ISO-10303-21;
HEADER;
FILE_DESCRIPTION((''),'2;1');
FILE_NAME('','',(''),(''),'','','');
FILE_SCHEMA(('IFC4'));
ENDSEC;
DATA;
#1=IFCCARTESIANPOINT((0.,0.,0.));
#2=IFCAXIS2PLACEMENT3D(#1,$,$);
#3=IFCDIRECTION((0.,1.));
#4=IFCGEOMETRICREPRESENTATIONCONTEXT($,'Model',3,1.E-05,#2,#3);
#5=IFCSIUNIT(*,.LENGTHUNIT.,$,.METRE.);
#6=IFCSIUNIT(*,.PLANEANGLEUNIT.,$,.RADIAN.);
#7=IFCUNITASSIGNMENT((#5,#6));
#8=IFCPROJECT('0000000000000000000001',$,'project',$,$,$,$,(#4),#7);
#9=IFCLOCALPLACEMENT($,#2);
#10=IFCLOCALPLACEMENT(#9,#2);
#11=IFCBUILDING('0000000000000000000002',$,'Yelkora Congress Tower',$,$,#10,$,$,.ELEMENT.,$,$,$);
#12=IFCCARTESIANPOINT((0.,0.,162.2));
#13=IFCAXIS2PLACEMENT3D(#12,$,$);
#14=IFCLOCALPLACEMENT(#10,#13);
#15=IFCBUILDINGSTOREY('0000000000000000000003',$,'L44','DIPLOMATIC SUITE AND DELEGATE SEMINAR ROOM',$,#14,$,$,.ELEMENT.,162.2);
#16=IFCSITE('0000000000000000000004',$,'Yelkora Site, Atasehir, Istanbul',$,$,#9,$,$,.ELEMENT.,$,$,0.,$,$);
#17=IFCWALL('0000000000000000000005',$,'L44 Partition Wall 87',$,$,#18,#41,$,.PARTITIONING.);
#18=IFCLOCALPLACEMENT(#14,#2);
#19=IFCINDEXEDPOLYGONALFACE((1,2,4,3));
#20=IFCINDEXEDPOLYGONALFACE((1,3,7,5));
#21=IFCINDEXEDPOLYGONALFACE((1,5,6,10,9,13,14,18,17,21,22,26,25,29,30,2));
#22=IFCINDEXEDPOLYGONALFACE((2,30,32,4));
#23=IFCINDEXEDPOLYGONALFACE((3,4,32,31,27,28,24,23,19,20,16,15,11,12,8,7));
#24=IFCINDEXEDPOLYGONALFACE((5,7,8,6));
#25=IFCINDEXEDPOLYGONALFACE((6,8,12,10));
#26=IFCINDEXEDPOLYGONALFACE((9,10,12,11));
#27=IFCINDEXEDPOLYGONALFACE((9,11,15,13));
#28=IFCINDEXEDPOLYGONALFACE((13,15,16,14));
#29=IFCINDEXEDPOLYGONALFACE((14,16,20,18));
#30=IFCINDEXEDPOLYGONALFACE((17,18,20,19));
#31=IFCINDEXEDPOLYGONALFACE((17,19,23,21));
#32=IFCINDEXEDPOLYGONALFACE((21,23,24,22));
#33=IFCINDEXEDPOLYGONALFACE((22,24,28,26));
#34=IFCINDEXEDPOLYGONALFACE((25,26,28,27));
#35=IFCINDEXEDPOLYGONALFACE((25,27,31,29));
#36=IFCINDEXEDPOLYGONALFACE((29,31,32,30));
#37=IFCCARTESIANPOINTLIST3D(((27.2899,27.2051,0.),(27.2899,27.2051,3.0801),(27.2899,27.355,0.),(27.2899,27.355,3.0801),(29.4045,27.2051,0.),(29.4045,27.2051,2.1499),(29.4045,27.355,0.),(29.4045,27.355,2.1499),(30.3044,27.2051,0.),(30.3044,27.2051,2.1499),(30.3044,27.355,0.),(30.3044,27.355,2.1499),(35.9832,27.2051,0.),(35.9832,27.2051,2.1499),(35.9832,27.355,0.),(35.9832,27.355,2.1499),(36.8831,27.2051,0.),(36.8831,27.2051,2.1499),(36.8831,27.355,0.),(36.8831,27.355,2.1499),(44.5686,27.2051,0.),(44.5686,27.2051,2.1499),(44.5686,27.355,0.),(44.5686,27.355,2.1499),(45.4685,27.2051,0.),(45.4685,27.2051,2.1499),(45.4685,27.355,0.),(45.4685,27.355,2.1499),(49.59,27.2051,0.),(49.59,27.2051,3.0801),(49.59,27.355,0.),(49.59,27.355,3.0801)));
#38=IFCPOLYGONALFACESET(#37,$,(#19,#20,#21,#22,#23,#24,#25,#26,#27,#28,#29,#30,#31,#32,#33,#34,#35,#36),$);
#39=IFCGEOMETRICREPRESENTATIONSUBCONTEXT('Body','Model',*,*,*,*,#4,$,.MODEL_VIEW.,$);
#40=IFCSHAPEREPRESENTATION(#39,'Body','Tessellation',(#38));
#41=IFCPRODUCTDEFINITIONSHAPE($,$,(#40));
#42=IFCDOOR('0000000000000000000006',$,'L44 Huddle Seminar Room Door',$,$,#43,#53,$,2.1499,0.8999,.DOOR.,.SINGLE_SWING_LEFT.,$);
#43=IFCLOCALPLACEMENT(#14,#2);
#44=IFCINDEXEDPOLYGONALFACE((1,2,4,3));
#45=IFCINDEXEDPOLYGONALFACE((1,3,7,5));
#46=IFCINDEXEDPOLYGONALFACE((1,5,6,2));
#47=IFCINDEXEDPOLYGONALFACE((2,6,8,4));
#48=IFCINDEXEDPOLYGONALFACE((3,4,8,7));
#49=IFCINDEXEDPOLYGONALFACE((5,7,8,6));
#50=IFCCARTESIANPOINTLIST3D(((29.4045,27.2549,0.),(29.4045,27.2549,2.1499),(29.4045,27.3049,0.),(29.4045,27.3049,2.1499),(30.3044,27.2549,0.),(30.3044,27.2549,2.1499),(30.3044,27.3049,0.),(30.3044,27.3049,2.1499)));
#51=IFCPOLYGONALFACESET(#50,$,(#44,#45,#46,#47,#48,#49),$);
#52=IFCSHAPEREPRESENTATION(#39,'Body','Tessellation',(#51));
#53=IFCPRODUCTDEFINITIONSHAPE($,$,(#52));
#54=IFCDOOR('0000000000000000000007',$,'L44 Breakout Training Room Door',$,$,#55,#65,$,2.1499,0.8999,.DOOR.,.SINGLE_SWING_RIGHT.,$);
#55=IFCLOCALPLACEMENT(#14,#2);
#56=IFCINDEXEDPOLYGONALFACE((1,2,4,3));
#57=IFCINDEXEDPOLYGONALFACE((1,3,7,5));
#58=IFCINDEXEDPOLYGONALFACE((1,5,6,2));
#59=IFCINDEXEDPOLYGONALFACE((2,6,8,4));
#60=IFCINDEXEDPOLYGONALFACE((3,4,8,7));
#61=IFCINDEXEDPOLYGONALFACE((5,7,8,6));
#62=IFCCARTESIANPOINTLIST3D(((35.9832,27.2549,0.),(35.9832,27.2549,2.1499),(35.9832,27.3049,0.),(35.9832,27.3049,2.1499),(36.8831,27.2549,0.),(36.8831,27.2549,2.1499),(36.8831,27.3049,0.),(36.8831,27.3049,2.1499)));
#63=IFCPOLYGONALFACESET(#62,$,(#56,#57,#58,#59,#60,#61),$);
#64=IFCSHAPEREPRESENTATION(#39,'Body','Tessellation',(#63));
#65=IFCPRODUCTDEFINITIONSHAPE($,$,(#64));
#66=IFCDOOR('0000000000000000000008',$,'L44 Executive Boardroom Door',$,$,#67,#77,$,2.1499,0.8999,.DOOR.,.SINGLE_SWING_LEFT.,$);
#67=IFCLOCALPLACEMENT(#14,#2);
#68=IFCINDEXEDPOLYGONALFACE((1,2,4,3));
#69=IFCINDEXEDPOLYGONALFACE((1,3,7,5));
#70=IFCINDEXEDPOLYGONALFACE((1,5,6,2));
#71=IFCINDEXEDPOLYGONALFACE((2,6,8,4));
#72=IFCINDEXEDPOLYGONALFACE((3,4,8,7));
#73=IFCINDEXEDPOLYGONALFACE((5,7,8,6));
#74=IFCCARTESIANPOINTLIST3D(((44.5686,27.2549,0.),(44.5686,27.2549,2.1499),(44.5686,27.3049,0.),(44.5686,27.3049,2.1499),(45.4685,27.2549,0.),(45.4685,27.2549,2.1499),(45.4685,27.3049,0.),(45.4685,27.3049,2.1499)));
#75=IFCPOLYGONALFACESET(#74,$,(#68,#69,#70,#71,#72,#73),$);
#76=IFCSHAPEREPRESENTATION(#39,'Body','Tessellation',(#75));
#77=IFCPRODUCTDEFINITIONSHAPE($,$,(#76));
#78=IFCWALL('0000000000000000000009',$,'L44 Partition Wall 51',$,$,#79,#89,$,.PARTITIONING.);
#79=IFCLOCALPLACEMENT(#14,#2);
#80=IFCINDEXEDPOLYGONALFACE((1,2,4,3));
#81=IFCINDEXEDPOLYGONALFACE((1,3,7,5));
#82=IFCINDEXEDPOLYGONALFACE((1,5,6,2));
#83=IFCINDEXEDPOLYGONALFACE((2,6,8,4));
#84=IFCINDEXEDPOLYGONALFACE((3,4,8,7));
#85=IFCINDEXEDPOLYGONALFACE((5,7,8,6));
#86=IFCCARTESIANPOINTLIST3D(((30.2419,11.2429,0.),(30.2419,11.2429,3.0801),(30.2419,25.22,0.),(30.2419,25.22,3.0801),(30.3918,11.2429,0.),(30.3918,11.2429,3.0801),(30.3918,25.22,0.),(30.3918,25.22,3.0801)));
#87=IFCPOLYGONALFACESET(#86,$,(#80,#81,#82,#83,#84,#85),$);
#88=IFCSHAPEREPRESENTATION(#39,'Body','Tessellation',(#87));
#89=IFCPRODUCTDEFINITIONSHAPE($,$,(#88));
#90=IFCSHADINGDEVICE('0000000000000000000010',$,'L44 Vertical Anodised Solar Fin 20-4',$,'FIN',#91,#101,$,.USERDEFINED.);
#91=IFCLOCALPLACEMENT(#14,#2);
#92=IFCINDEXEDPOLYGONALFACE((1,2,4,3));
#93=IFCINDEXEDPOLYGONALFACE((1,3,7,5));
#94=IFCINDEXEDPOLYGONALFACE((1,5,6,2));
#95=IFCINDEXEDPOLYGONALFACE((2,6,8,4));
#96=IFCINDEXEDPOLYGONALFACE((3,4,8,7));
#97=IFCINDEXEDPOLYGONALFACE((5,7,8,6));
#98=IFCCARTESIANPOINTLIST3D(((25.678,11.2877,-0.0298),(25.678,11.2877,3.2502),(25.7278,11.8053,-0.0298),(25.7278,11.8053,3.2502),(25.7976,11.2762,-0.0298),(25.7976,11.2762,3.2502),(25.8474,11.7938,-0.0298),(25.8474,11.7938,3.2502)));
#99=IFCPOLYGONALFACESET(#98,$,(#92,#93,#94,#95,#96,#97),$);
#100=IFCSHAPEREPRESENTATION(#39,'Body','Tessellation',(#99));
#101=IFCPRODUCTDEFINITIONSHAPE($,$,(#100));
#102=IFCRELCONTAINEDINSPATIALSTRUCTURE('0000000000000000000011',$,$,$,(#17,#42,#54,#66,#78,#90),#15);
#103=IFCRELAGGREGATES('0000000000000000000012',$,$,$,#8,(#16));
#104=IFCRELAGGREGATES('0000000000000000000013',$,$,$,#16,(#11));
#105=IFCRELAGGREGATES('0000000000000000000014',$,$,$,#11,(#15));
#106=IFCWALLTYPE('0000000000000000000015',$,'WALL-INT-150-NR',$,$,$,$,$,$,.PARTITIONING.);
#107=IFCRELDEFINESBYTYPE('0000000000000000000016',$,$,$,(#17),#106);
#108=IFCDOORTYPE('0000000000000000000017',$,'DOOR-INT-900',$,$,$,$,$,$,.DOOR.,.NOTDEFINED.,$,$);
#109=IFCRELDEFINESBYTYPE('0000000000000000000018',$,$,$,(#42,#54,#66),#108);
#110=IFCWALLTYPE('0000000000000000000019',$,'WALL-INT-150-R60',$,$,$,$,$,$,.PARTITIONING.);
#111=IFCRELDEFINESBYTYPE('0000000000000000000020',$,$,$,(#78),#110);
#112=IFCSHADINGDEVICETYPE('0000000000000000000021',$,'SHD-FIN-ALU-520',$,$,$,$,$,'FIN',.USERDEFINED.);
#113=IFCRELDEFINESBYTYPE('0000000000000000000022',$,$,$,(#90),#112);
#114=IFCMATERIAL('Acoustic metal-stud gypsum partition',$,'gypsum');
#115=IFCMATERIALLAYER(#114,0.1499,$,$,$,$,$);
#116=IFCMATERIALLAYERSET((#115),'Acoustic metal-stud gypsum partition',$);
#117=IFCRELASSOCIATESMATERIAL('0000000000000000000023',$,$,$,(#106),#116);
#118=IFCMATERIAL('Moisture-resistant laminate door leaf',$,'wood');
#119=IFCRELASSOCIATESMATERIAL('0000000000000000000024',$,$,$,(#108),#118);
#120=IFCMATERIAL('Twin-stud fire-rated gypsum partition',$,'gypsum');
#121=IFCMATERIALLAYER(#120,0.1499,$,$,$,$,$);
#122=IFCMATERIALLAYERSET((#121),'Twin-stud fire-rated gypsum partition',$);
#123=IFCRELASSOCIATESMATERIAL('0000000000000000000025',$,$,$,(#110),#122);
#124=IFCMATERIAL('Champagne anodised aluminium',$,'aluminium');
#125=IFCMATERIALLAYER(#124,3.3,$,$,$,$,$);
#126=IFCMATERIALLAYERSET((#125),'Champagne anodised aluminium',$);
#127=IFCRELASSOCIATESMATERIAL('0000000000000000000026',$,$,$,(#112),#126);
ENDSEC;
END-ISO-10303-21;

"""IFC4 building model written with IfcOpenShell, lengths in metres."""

from ifc_helpers import new_model, si_unit, direction, frame, frame_2d, origin, origin_2d, place, context, subcontext, project, spatial, rectangle, extrude, material, layer, layer_set, type_object, element, fill, save


model = new_model("IFC4")

# Units and contexts
model_context = context("Model", 3, precision=1e-05, world=origin(), true_north=direction((0.0, 1.0)))
body_context = subcontext(model_context, "Body", "Model", "MODEL_VIEW")
ifc_project = project(units=[si_unit("LENGTHUNIT", "METRE"), si_unit("PLANEANGLEUNIT", "RADIAN")], contexts=[model_context])

# Site, building, storey
site_placement = place(None, origin())
site = spatial("IfcSite", under=ifc_project, at=site_placement, Name="Yelkora Site, Atasehir, Istanbul", CompositionType="ELEMENT", RefElevation=0.0)
building_placement = place(site_placement, origin())
building = spatial("IfcBuilding", under=site, at=building_placement, Name="Yelkora Congress Tower", CompositionType="ELEMENT")
storey_placement = place(building_placement, frame((0.0, 0.0, 162.2)))
storey = spatial("IfcBuildingStorey", under=building, at=storey_placement, Name="L44", Description="DIPLOMATIC SUITE AND DELEGATE SEMINAR ROOM", CompositionType="ELEMENT", Elevation=162.2)

# Shared definitions
ifc_material_1 = material(Name="Acoustic metal-stud gypsum partition", Category="gypsum")
ifc_layer_1 = layer(ifc_material_1, 0.1499)
ifc_layer_set_1 = layer_set([ifc_layer_1], Name="Acoustic metal-stud gypsum partition")
wall_type_1 = type_object("IfcWallType", Name="WALL-INT-150-NR", PredefinedType="PARTITIONING", material=ifc_layer_set_1)

# Wall, openings, doors
wall_1_placement = place(storey_placement, frame((27.29, 27.28, 0.0), z_axis=(0.0, 0.0, 1.0), x_axis=(1.0, 0.0, 0.0)))
wall_1 = element("IfcWall", 1, at=wall_1_placement, inside=storey, type_object=wall_type_1, Name="L44 Partition Wall 87", PredefinedType="PARTITIONING", context=body_context, shape_type="SweptSolid", body=[
    extrude(rectangle(XDim=22.3, YDim=0.1499, at=frame_2d((11.1499, 0.0))), origin(), (0.0, 0.0, 1.0), 3.0801),
])
opening_1_placement = place(wall_1_placement, frame((2.1145, 0.0, 0.0)))
opening_1 = element("IfcOpeningElement", 2, at=opening_1_placement, cuts=wall_1, PredefinedType="OPENING", context=body_context, shape_type="SweptSolid", body=[
    extrude(rectangle(XDim=0.8999, YDim=2.1499, at=frame_2d((0.45, 1.075))), frame((0.0, 0.085, 0.0), z_axis=(0.0, -1.0, 0.0), x_axis=(1.0, 0.0, 0.0)), (0.0, 0.0, 1.0), 0.1699),
])
opening_2_placement = place(wall_1_placement, frame((8.6931, 0.0, 0.0)))
opening_2 = element("IfcOpeningElement", 3, at=opening_2_placement, cuts=wall_1, PredefinedType="OPENING", context=body_context, shape_type="SweptSolid", body=[
    extrude(rectangle(XDim=0.8999, YDim=2.1499, at=frame_2d((0.45, 1.075))), frame((0.0, 0.085, 0.0), z_axis=(0.0, -1.0, 0.0), x_axis=(1.0, 0.0, 0.0)), (0.0, 0.0, 1.0), 0.1699),
])
opening_3_placement = place(wall_1_placement, frame((17.2786, 0.0, 0.0)))
opening_3 = element("IfcOpeningElement", 4, at=opening_3_placement, cuts=wall_1, PredefinedType="OPENING", context=body_context, shape_type="SweptSolid", body=[
    extrude(rectangle(XDim=0.8999, YDim=2.1499, at=frame_2d((0.45, 1.075))), frame((0.0, 0.085, 0.0), z_axis=(0.0, -1.0, 0.0), x_axis=(1.0, 0.0, 0.0)), (0.0, 0.0, 1.0), 0.1699),
])
ifc_material_2 = material(Name="Moisture-resistant laminate door leaf", Category="wood")
door_type_1 = type_object("IfcDoorType", Name="DOOR-INT-900", OperationType="NOTDEFINED", PredefinedType="DOOR", material=ifc_material_2)
door_1_placement = place(opening_1_placement, origin())
door_1 = element("IfcDoor", 5, at=door_1_placement, inside=storey, type_object=door_type_1, Name="L44 Huddle Seminar Room Door", OperationType="SINGLE_SWING_LEFT", OverallHeight=2.1499, OverallWidth=0.8999, PredefinedType="DOOR", context=body_context, shape_type="SweptSolid", body=[
    extrude(rectangle(XDim=0.8999, YDim=2.1499, at=frame_2d((0.45, 1.075))), frame((0.0, 0.0249, 0.0), z_axis=(0.0, -1.0, 0.0), x_axis=(1.0, 0.0, 0.0)), (0.0, 0.0, 1.0), 0.05),
])
fill(opening_1, door_1)
door_2_placement = place(opening_2_placement, origin())
door_2 = element("IfcDoor", 6, at=door_2_placement, inside=storey, type_object=door_type_1, Name="L44 Breakout Training Room Door", OperationType="SINGLE_SWING_RIGHT", OverallHeight=2.1499, OverallWidth=0.8999, PredefinedType="DOOR", context=body_context, shape_type="SweptSolid", body=[
    extrude(rectangle(XDim=0.8999, YDim=2.1499, at=frame_2d((0.45, 1.075))), frame((0.0, 0.0249, 0.0), z_axis=(0.0, -1.0, 0.0), x_axis=(1.0, 0.0, 0.0)), (0.0, 0.0, 1.0), 0.05),
])
fill(opening_2, door_2)
door_3_placement = place(opening_3_placement, origin())
door_3 = element("IfcDoor", 7, at=door_3_placement, inside=storey, type_object=door_type_1, Name="L44 Executive Boardroom Door", OperationType="SINGLE_SWING_LEFT", OverallHeight=2.1499, OverallWidth=0.8999, PredefinedType="DOOR", context=body_context, shape_type="SweptSolid", body=[
    extrude(rectangle(XDim=0.8999, YDim=2.1499, at=frame_2d((0.45, 1.075))), frame((0.0, 0.0249, 0.0), z_axis=(0.0, -1.0, 0.0), x_axis=(1.0, 0.0, 0.0)), (0.0, 0.0, 1.0), 0.05),
])
fill(opening_3, door_3)

# Wall
ifc_material_3 = material(Name="Twin-stud fire-rated gypsum partition", Category="gypsum")
ifc_layer_2 = layer(ifc_material_3, 0.1499)
ifc_layer_set_2 = layer_set([ifc_layer_2], Name="Twin-stud fire-rated gypsum partition")
wall_type_2 = type_object("IfcWallType", Name="WALL-INT-150-R60", PredefinedType="PARTITIONING", material=ifc_layer_set_2)
wall_2_placement = place(storey_placement, frame((30.3169, 11.2429, 0.0), z_axis=(0.0, 0.0, 1.0), x_axis=(0.0, 1.0, 0.0)))
element("IfcWall", 8, at=wall_2_placement, inside=storey, type_object=wall_type_2, Name="L44 Partition Wall 51", PredefinedType="PARTITIONING", context=body_context, shape_type="SweptSolid", body=[
    extrude(rectangle(XDim=13.9771, YDim=0.1499, at=frame_2d((6.9885, 0.0))), origin(), (0.0, 0.0, 1.0), 3.0801),
])

# Shading device
ifc_material_4 = material(Name="Champagne anodised aluminium", Category="aluminium")
ifc_layer_3 = layer(ifc_material_4, 3.3)
ifc_layer_set_3 = layer_set([ifc_layer_3], Name="Champagne anodised aluminium")
shading_device_type = type_object("IfcShadingDeviceType", Name="SHD-FIN-ALU-520", ElementType="FIN", PredefinedType="USERDEFINED", material=ifc_layer_set_3)
shading_device_placement = place(storey_placement, frame((25.7627, 11.5408, -0.0298), z_axis=(0.0, 0.0, 1.0), x_axis=(-0.995396, 0.095846, 0.0)))
element("IfcShadingDevice", 9, at=shading_device_placement, inside=storey, type_object=shading_device_type, Name="L44 Vertical Anodised Solar Fin 20-4", ObjectType="FIN", PredefinedType="USERDEFINED", context=body_context, shape_type="SweptSolid", body=[
    extrude(rectangle(XDim=0.1201, YDim=0.52, at=origin_2d()), origin(), (0.0, 0.0, 1.0), 3.28),
])

save(model, "model.ifc")
